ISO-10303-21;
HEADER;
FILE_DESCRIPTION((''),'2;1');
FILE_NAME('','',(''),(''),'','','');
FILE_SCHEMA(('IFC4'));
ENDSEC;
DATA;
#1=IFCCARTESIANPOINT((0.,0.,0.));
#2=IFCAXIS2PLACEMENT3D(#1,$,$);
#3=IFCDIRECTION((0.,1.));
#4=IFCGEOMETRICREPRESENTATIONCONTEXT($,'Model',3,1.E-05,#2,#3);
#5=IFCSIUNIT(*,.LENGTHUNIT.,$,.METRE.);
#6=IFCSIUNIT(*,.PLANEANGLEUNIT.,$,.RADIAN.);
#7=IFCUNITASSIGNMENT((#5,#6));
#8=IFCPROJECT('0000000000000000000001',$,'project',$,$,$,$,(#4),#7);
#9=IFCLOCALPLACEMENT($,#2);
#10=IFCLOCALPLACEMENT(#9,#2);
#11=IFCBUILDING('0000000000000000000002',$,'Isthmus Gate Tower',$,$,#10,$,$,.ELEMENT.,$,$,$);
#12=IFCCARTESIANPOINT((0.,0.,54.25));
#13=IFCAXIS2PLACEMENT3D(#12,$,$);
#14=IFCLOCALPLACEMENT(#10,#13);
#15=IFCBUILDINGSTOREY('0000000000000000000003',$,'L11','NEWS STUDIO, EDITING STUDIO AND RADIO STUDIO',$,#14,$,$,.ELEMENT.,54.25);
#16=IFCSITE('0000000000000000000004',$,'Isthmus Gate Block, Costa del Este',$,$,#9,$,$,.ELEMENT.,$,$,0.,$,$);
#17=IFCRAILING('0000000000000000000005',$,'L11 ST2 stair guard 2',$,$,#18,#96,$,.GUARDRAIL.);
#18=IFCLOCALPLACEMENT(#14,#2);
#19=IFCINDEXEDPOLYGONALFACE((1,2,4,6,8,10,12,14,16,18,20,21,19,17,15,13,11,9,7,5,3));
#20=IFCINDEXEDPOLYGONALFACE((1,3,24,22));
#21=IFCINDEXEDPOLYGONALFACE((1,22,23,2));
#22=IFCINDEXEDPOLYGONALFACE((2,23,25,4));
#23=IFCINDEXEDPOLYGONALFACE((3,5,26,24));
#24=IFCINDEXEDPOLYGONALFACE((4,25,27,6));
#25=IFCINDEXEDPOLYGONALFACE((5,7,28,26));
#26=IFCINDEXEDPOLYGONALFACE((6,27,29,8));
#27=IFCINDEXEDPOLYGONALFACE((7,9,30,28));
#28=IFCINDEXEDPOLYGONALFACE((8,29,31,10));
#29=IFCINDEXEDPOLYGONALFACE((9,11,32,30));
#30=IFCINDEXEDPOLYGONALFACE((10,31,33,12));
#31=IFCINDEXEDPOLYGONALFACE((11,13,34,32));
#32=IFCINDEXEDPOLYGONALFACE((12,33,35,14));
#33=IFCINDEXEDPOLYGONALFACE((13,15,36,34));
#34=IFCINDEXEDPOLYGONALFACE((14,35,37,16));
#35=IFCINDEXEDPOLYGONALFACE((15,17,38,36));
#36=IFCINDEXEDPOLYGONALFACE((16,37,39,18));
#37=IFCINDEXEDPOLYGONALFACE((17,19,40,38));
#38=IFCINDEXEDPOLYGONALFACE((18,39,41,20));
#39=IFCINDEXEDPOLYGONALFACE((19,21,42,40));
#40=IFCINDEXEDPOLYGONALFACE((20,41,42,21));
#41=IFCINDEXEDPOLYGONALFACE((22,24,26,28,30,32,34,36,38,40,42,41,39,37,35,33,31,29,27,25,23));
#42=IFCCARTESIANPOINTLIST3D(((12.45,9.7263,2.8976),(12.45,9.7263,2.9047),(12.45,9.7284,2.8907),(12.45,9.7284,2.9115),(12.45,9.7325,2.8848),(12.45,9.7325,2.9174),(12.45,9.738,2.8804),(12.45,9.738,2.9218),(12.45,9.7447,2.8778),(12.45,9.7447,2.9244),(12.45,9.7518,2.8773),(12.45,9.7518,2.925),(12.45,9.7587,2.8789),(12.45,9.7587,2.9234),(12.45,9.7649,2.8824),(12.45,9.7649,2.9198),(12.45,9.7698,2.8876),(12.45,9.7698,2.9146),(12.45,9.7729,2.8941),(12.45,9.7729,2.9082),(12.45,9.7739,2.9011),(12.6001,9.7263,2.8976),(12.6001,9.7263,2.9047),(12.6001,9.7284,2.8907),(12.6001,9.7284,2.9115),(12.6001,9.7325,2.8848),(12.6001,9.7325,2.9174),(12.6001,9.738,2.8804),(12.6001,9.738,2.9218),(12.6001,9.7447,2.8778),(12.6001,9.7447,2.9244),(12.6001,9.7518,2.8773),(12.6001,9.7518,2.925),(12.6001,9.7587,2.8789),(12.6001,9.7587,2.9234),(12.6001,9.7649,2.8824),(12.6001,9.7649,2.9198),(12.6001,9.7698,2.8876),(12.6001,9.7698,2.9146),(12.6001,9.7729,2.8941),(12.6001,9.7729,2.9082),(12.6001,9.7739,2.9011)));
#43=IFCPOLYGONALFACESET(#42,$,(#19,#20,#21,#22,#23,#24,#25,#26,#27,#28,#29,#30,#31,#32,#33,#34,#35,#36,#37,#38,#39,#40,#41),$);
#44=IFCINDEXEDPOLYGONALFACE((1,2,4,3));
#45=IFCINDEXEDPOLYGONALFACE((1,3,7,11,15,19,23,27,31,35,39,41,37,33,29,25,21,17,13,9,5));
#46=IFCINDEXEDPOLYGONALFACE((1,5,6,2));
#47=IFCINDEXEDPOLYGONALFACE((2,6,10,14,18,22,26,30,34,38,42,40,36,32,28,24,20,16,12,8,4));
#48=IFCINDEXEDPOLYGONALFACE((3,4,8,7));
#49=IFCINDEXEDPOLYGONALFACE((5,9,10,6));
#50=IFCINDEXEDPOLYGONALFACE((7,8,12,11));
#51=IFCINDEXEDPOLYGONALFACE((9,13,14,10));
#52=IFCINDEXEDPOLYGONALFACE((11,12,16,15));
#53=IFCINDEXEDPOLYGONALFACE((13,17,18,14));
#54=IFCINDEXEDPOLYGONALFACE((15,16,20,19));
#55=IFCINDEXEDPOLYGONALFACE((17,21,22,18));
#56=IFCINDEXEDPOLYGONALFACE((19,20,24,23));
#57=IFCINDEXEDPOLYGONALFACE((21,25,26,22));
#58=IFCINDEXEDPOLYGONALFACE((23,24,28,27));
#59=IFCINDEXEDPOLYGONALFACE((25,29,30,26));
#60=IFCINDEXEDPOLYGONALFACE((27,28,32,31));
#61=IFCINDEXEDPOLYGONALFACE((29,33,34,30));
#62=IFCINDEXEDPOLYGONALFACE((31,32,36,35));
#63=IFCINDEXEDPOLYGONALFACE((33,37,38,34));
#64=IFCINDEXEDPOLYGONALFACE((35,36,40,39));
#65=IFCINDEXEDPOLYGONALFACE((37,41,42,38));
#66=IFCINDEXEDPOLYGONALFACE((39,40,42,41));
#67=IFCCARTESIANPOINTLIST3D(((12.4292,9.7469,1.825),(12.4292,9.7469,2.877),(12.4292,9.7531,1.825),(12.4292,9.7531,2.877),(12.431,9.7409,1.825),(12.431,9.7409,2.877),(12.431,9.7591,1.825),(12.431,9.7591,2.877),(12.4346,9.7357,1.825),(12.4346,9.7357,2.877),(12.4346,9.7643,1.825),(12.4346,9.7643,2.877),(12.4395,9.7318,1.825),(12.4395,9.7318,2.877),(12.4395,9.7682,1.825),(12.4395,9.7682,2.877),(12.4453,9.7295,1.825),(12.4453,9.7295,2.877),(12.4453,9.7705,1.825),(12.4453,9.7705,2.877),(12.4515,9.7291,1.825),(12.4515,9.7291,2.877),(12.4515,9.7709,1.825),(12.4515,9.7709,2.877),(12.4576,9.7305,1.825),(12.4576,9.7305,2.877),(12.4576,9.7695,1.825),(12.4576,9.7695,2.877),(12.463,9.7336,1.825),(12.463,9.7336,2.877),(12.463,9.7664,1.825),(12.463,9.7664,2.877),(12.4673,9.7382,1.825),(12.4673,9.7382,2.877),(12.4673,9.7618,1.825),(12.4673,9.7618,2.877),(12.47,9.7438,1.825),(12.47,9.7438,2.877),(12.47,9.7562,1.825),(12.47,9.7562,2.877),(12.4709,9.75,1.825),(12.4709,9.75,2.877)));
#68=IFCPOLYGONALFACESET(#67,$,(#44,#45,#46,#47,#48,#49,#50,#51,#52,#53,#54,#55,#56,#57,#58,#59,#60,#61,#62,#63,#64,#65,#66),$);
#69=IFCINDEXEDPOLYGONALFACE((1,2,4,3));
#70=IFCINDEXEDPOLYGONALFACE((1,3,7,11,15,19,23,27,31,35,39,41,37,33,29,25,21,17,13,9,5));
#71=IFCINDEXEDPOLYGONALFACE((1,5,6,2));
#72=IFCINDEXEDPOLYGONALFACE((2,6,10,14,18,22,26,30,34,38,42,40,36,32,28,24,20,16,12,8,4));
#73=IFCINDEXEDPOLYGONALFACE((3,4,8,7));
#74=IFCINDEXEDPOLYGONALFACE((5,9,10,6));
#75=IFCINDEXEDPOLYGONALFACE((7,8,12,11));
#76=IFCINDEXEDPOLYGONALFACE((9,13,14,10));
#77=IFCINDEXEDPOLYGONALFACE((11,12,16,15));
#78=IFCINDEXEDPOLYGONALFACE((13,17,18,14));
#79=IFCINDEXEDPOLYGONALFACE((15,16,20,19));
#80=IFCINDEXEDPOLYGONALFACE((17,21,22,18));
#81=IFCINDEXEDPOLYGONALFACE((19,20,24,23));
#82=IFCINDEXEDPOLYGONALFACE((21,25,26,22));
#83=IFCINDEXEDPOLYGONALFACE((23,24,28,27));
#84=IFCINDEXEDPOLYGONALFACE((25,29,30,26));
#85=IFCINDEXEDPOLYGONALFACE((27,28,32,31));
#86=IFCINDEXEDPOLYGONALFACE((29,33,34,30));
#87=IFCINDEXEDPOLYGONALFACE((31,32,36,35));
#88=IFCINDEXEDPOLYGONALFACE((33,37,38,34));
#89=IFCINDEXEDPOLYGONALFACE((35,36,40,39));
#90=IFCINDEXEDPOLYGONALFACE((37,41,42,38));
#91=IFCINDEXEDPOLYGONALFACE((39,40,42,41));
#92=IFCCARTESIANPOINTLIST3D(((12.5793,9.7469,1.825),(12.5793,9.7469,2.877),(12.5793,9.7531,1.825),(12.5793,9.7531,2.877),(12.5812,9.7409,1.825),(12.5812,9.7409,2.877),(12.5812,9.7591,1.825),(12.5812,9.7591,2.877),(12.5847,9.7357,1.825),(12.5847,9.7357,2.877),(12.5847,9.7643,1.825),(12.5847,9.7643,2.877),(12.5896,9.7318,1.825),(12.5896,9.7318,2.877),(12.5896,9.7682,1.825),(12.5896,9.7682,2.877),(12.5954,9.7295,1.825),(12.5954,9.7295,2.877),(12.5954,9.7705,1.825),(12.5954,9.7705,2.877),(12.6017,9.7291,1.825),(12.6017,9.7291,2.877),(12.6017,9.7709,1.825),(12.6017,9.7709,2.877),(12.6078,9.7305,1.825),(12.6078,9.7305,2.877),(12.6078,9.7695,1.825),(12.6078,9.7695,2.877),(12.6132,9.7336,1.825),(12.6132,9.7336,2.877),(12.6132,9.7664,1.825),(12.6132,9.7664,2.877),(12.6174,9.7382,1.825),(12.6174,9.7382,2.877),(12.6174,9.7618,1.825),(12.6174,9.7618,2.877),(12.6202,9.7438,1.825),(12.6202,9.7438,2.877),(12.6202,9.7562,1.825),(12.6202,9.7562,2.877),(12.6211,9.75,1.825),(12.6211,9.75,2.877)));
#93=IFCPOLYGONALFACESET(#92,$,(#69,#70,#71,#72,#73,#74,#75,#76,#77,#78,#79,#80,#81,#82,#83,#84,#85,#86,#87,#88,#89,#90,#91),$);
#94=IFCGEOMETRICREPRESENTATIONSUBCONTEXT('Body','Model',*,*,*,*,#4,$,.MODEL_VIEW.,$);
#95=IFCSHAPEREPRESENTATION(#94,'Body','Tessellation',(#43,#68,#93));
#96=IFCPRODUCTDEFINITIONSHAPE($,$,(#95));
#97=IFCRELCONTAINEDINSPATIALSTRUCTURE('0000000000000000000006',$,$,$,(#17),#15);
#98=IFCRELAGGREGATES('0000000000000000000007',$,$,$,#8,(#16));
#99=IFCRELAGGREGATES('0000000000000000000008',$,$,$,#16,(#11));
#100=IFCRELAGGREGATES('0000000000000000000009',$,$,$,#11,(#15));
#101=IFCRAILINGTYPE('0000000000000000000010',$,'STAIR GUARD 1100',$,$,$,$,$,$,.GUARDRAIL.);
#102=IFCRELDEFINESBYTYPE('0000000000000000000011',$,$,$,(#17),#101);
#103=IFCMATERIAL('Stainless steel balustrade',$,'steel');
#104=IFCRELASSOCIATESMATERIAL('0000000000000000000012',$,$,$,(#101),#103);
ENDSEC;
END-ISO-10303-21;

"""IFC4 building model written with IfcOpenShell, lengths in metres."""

from ifc_helpers import new_model, si_unit, direction, frame, origin, origin_2d, place, context, subcontext, project, spatial, circle, extrude, material, type_object, element, save


model = new_model("IFC4")

# Units and contexts
model_context = context("Model", 3, precision=1e-05, world=origin(), true_north=direction((0.0, 1.0)))
body_context = subcontext(model_context, "Body", "Model", "MODEL_VIEW")
ifc_project = project(units=[si_unit("LENGTHUNIT", "METRE"), si_unit("PLANEANGLEUNIT", "RADIAN")], contexts=[model_context])

# Site, building, storey
site_placement = place(None, origin())
site = spatial("IfcSite", under=ifc_project, at=site_placement, Name="Isthmus Gate Block, Costa del Este", CompositionType="ELEMENT", RefElevation=0.0)
building_placement = place(site_placement, origin())
building = spatial("IfcBuilding", under=site, at=building_placement, Name="Isthmus Gate Tower", CompositionType="ELEMENT")
storey_placement = place(building_placement, frame((0.0, 0.0, 54.25)))
storey = spatial("IfcBuildingStorey", under=building, at=storey_placement, Name="L11", Description="NEWS STUDIO, EDITING STUDIO AND RADIO STUDIO", CompositionType="ELEMENT", Elevation=54.25)

# Railing
ifc_material_1 = material(Name="Stainless steel balustrade", Category="steel")
railing_type_1 = type_object("IfcRailingType", Name="STAIR GUARD 1100", PredefinedType="GUARDRAIL", material=ifc_material_1)
railing_1_placement = place(storey_placement, frame((12.45, 9.75, 1.825)))
element("IfcRailing", 1, at=railing_1_placement, inside=storey, type_object=railing_type_1, Name="L11 ST2 stair guard 2", PredefinedType="GUARDRAIL", context=body_context, shape_type="SweptSolid", body=[
    extrude(circle(Radius=0.0239, at=origin_2d()), frame((0.0, 0.0, 1.0762), z_axis=(1.0, 0.0, 0.0), x_axis=(0.0, 1.0, 0.0)), (0.0, 0.0, 1.0), 0.1501),
    extrude(circle(Radius=0.021, at=origin_2d()), origin(), (0.0, 0.0, 1.0), 1.052),
    extrude(circle(Radius=0.021, at=origin_2d()), frame((0.1501, 0.0, 0.0)), (0.0, 0.0, 1.0), 1.052),
])

save(model, "model.ifc")
